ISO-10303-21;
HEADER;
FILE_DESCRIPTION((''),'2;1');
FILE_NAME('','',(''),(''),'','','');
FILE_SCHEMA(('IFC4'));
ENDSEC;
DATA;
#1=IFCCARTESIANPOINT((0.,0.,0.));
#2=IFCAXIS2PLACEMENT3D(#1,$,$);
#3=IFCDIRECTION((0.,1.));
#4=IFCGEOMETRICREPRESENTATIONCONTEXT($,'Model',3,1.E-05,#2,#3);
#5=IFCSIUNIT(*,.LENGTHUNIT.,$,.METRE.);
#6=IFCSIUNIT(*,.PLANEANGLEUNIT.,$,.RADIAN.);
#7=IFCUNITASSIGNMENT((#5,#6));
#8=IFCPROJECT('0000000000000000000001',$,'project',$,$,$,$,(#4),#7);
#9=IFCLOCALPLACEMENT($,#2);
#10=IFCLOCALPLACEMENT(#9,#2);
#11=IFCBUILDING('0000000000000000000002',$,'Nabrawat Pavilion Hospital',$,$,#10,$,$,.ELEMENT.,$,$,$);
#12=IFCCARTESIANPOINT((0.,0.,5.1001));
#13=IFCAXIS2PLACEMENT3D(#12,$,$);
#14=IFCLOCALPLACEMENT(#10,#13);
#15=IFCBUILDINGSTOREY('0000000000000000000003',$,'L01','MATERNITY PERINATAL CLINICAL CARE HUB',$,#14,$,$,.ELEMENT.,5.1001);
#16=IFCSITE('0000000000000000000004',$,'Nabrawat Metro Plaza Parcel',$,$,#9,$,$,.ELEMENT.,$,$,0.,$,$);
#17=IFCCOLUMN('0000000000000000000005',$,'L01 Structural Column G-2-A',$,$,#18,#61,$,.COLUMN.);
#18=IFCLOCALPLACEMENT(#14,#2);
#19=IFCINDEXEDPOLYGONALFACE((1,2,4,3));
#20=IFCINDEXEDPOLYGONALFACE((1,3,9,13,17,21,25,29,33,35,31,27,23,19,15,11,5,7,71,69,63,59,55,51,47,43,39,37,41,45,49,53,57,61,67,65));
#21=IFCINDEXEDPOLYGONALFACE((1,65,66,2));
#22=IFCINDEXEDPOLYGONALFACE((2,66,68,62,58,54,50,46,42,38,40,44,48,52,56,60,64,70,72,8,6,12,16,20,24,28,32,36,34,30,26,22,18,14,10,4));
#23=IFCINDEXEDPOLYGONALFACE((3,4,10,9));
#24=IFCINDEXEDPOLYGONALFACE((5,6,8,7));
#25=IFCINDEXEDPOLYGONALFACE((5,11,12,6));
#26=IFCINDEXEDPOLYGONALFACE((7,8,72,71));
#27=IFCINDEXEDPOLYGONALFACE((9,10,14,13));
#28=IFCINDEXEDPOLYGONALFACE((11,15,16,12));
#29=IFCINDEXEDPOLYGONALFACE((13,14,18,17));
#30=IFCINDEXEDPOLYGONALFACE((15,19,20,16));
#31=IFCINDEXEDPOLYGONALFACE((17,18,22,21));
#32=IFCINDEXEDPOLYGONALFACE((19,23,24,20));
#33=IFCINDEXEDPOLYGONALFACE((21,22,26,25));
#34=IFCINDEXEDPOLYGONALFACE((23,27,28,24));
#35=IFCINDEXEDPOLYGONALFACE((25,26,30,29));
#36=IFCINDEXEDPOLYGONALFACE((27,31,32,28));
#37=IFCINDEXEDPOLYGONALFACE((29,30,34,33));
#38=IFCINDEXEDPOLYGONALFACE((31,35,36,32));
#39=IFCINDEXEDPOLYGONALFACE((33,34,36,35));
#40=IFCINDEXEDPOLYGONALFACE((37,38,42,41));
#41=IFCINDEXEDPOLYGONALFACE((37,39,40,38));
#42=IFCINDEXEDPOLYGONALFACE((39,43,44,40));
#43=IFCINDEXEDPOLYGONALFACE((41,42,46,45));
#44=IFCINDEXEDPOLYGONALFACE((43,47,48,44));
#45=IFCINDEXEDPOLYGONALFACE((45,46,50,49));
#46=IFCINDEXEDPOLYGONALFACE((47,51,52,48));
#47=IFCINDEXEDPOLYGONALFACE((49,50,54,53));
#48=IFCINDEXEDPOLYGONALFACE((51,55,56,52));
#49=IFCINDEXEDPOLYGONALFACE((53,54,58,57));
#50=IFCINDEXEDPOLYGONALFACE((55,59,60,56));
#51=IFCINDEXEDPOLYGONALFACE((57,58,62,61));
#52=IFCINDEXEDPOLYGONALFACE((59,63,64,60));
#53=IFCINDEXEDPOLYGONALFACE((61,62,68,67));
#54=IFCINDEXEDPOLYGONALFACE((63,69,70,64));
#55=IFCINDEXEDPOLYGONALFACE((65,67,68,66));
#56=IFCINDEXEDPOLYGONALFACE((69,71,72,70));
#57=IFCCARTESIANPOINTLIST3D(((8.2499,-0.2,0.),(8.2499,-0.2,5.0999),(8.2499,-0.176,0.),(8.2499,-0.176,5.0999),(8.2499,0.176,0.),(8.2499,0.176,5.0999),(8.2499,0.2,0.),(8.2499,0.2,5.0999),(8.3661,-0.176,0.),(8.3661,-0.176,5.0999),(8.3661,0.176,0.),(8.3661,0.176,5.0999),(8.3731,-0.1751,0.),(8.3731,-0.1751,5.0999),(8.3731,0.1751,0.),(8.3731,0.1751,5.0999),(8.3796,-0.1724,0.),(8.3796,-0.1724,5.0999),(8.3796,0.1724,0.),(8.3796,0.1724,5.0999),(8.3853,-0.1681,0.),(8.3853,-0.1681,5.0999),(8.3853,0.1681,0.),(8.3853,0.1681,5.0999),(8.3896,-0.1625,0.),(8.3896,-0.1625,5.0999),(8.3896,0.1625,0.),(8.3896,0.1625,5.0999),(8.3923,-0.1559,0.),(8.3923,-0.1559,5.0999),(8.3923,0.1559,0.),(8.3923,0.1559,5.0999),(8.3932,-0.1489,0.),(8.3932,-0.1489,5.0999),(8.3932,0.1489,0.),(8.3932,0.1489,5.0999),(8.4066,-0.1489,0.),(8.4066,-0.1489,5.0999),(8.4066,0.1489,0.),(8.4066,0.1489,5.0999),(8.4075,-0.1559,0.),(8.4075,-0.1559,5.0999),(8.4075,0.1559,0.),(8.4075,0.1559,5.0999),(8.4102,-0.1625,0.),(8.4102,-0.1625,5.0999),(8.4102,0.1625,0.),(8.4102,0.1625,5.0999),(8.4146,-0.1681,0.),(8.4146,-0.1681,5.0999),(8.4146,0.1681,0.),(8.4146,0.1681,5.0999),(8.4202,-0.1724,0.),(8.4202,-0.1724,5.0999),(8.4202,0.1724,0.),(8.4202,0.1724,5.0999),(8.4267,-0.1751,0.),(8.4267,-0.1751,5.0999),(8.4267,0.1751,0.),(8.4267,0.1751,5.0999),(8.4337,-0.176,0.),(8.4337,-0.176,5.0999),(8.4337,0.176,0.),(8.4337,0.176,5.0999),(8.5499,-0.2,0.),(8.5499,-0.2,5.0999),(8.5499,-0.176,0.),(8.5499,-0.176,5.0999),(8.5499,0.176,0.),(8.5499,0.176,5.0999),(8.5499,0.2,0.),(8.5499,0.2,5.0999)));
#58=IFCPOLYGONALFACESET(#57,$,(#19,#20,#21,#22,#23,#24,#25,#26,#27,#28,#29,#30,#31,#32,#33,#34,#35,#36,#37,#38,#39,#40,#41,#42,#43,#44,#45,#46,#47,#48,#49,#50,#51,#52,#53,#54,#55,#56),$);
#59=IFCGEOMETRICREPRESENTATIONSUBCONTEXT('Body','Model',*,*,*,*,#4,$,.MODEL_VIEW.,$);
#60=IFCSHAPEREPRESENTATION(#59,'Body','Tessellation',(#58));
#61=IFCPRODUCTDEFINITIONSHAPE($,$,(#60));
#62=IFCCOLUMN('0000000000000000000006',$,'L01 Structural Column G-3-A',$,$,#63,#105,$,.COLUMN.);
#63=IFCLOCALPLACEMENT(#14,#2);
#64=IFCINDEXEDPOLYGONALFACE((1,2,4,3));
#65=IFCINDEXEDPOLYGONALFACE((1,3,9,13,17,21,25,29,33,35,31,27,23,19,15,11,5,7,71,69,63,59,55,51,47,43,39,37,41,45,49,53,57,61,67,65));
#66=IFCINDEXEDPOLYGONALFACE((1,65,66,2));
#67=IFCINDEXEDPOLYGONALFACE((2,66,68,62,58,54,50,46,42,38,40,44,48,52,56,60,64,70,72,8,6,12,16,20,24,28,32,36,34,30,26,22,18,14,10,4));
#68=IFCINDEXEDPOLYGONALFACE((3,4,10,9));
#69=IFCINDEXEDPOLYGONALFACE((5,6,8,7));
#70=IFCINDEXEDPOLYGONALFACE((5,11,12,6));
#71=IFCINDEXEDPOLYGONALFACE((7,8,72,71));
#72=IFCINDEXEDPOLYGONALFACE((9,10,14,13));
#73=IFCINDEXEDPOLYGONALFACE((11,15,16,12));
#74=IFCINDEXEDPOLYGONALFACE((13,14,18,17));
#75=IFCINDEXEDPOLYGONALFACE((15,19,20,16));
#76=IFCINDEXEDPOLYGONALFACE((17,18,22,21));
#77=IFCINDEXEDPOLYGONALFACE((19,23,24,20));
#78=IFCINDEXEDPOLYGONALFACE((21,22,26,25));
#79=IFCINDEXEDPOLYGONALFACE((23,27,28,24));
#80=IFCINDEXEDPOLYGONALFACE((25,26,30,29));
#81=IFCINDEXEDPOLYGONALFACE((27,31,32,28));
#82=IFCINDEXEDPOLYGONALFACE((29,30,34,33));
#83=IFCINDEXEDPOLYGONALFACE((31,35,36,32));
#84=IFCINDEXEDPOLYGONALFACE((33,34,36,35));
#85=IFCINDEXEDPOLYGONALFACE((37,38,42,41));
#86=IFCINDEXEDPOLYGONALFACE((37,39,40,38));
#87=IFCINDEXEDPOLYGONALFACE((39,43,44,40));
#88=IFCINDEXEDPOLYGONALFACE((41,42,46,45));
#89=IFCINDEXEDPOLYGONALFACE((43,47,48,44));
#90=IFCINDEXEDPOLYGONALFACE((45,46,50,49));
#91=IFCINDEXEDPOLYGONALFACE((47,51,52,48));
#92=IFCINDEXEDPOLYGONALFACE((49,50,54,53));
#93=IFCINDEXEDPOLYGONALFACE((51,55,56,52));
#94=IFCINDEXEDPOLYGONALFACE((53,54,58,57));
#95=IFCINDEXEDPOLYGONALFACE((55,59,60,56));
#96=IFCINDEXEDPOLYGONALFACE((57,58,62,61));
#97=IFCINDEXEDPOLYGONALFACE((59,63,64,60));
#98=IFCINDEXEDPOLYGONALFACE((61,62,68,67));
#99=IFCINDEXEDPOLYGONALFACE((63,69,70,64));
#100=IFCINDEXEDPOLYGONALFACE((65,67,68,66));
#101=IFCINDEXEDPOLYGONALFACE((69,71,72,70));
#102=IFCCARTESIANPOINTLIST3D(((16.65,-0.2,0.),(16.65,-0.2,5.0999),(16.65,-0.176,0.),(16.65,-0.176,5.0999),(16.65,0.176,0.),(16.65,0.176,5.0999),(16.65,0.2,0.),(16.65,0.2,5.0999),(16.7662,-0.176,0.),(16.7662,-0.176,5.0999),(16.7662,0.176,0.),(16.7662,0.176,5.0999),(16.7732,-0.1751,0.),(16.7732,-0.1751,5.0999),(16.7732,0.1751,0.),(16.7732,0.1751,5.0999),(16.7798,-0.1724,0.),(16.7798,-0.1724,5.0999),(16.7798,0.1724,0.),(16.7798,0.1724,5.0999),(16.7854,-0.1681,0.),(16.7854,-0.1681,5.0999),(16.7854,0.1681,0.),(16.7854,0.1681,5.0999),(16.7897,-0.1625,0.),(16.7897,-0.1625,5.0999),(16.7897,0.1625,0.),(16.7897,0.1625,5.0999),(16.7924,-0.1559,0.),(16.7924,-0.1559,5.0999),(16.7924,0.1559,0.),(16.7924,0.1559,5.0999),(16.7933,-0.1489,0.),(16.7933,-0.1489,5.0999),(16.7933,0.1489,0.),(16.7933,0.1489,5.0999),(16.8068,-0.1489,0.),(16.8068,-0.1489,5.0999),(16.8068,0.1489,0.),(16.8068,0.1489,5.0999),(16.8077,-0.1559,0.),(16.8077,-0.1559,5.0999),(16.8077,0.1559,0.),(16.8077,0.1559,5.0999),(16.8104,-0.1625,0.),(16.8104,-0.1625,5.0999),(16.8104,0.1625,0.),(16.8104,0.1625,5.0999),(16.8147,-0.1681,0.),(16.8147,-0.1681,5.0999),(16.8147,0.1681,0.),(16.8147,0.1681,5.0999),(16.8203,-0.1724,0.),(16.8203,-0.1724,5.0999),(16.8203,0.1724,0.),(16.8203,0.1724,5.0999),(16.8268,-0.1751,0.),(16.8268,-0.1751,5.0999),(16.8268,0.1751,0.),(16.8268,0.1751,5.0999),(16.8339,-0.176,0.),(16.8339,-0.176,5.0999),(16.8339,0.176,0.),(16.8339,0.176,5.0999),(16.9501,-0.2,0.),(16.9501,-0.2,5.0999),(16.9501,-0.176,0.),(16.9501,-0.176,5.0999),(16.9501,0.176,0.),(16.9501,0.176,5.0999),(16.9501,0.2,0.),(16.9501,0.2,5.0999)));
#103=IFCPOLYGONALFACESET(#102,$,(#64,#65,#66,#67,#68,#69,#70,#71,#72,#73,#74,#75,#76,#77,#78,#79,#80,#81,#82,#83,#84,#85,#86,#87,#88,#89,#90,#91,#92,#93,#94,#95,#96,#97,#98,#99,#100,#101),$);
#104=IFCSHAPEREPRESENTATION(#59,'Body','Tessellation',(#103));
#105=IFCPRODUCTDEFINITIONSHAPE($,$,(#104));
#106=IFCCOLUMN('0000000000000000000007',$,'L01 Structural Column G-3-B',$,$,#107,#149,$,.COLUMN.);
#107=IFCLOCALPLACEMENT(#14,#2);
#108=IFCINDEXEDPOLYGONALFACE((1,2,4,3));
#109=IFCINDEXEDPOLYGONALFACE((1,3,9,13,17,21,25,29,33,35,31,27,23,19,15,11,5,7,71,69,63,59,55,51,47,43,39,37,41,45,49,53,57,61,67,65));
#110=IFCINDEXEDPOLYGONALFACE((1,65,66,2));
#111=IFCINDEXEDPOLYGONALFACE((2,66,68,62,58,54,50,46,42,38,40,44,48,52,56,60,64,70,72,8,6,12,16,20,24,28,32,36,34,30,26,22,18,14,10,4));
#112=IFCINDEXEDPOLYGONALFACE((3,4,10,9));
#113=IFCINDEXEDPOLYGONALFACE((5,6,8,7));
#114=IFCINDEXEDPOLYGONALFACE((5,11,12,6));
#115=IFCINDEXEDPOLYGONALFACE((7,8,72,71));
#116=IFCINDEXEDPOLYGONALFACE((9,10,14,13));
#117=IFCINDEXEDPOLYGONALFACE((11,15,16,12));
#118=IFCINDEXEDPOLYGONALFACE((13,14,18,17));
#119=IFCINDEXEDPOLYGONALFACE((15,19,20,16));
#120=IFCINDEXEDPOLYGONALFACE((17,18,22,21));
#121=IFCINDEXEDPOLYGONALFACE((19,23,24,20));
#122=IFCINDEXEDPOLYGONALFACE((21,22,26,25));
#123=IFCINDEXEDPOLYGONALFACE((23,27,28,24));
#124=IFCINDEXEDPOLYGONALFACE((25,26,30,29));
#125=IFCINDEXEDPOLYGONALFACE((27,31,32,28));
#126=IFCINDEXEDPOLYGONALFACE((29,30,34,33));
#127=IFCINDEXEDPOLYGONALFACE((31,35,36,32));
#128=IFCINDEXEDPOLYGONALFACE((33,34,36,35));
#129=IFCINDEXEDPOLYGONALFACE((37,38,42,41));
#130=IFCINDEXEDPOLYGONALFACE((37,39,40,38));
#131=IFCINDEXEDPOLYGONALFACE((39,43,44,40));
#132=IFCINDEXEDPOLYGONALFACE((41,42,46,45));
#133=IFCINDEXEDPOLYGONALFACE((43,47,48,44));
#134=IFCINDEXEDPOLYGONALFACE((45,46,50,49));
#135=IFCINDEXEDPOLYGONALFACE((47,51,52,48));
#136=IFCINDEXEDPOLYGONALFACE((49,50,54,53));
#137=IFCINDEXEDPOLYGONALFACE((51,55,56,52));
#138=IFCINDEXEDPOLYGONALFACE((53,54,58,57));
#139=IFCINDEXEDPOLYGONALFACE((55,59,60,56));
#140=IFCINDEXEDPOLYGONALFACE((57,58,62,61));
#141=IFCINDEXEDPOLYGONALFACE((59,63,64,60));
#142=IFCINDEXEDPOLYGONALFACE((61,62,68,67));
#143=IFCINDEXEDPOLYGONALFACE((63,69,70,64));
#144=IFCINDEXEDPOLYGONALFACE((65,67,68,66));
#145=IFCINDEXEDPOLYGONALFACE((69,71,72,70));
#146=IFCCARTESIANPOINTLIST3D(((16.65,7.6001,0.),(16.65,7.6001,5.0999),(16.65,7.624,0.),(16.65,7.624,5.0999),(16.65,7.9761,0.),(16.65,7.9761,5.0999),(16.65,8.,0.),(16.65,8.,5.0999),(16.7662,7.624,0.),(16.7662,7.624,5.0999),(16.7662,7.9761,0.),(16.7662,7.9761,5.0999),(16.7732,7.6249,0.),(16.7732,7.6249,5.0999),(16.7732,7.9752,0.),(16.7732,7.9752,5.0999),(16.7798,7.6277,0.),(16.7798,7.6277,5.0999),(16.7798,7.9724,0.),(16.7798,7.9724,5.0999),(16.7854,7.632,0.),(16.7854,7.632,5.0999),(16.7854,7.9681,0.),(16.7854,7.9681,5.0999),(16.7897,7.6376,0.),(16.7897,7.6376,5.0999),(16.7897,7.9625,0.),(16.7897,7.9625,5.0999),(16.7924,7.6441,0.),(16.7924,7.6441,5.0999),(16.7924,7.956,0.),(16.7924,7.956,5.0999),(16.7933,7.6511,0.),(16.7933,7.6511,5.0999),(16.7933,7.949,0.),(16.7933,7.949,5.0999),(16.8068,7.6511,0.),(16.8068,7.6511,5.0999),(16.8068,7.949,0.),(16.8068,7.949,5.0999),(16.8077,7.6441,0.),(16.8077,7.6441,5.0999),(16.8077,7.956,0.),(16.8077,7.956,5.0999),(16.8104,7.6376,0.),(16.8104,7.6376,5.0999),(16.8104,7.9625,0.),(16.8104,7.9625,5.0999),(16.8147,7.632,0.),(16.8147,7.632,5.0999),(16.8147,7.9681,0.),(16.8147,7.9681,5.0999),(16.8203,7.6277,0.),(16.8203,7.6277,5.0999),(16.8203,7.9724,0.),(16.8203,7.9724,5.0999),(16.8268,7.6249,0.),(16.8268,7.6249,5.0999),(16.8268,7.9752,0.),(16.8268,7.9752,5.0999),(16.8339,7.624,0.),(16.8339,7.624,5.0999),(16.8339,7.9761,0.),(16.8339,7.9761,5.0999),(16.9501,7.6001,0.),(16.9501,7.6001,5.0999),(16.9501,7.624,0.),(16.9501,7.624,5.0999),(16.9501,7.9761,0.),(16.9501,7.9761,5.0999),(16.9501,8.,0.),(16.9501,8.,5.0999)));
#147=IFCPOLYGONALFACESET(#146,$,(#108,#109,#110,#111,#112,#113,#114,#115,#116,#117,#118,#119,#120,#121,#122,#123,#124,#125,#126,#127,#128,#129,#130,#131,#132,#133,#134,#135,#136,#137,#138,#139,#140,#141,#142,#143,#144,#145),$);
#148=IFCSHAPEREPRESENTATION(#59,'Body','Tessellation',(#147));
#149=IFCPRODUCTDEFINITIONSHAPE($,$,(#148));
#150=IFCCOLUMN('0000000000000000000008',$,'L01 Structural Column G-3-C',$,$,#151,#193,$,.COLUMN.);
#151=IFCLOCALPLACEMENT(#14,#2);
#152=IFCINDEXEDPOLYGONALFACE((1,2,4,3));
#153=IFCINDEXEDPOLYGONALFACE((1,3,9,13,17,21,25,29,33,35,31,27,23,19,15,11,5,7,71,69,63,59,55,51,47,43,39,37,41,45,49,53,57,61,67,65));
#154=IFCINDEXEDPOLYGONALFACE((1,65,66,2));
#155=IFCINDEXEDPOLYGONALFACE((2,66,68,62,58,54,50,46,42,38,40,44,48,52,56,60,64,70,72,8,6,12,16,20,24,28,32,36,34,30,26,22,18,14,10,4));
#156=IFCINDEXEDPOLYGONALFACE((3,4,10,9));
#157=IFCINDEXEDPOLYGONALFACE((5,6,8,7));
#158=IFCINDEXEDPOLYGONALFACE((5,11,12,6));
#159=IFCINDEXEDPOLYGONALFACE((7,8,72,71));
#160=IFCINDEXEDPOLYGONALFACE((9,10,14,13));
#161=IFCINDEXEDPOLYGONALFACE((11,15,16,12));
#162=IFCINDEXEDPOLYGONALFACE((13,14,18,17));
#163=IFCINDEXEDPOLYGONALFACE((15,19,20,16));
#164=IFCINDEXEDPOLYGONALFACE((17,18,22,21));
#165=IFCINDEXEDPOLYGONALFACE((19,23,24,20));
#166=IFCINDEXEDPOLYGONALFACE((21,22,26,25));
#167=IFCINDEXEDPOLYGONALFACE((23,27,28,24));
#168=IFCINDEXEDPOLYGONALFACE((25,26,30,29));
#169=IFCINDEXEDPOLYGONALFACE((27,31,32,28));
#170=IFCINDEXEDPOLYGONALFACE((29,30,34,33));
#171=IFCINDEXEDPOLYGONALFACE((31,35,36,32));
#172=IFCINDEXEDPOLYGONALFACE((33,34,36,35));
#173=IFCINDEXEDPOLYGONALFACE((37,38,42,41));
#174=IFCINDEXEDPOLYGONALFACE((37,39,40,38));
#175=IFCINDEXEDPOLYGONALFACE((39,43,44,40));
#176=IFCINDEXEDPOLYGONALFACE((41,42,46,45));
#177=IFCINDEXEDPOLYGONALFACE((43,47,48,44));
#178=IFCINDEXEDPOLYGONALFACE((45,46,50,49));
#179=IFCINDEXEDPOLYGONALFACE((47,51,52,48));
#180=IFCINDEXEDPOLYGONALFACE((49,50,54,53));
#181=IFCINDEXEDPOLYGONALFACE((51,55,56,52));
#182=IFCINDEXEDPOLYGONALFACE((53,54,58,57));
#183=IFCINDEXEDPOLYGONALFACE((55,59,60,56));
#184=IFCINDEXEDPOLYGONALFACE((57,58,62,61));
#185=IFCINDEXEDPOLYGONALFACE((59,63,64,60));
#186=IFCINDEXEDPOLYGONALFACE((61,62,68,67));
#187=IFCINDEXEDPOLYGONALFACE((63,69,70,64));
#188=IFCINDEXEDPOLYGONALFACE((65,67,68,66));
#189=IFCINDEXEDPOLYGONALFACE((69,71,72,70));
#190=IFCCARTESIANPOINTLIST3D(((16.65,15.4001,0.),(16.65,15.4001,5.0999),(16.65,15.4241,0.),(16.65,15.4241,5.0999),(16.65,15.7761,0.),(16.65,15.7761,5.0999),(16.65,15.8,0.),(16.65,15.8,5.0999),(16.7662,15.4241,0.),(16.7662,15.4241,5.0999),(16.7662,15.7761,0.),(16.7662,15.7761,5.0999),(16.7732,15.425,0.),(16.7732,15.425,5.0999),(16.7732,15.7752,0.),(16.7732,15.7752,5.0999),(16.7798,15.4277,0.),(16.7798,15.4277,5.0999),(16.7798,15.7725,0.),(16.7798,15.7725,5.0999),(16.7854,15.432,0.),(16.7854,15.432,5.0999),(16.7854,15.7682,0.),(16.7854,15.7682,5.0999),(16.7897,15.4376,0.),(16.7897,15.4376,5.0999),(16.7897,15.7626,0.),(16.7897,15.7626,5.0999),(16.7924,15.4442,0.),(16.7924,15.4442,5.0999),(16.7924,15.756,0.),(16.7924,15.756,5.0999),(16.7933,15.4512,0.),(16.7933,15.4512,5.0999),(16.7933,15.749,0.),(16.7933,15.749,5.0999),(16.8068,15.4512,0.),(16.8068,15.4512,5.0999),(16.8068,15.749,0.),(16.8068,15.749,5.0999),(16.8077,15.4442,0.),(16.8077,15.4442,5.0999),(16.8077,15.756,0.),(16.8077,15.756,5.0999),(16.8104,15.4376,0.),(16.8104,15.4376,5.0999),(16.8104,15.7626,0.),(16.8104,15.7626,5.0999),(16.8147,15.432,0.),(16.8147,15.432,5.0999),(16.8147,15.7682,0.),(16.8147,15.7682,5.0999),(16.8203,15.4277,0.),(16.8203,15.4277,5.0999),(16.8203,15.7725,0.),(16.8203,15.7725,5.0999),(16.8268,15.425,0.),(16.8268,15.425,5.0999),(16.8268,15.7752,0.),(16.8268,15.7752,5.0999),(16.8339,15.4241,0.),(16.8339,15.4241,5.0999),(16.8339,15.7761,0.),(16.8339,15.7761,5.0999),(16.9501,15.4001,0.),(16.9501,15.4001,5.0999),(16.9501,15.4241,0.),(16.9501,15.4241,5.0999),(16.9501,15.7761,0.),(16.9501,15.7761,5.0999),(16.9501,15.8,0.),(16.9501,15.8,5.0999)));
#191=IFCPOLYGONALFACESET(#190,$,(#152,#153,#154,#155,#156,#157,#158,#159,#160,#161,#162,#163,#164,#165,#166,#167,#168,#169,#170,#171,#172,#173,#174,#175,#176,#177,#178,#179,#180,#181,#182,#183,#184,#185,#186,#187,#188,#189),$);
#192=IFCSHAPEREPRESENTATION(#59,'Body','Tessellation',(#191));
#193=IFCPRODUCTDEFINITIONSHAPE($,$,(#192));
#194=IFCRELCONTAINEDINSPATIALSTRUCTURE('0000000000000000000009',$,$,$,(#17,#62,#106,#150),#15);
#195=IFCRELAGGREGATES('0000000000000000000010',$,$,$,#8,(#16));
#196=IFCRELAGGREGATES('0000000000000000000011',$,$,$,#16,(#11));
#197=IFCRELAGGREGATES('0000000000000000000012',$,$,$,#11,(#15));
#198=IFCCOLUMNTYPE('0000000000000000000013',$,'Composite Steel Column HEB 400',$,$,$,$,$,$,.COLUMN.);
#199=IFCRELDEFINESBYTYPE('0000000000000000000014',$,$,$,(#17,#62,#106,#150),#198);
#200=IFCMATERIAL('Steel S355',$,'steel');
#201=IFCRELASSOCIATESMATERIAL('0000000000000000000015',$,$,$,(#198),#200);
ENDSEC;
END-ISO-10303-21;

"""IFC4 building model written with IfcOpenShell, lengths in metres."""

from ifc_helpers import new_model, si_unit, direction, frame, origin, origin_2d, place, context, subcontext, project, spatial, i_section, extrude, material, material_profile, profile_set, type_object, element, save


model = new_model("IFC4")

# Units and contexts
model_context = context("Model", 3, precision=1e-05, world=origin(), true_north=direction((0.0, 1.0)))
body_context = subcontext(model_context, "Body", "Model", "MODEL_VIEW")
ifc_project = project(units=[si_unit("LENGTHUNIT", "METRE"), si_unit("PLANEANGLEUNIT", "RADIAN")], contexts=[model_context])

# Site, building, storey
site_placement = place(None, origin())
site = spatial("IfcSite", under=ifc_project, at=site_placement, Name="Nabrawat Metro Plaza Parcel", CompositionType="ELEMENT", RefElevation=0.0)
building_placement = place(site_placement, origin())
building = spatial("IfcBuilding", under=site, at=building_placement, Name="Nabrawat Pavilion Hospital", CompositionType="ELEMENT")
storey_placement = place(building_placement, frame((0.0, 0.0, 5.1001)))
storey = spatial("IfcBuildingStorey", under=building, at=storey_placement, Name="L01", Description="MATERNITY PERINATAL CLINICAL CARE HUB", CompositionType="ELEMENT", Elevation=5.1001)

# Columns
ifc_material_1 = material(Name="Steel S355", Category="steel")
ifc_material_profile_1 = material_profile(ifc_material_1, i_section(OverallWidth=0.3, OverallDepth=0.3999, WebThickness=0.0134, FlangeThickness=0.0239, FilletRadius=0.0271, at=origin_2d()), Name="HEB 400")
ifc_profile_set_1 = profile_set([ifc_material_profile_1], Name="Steel S355")
column_type = type_object("IfcColumnType", Name="Composite Steel Column HEB 400", PredefinedType="COLUMN", material=ifc_profile_set_1)
for number, where, z_axis, x_axis, name in (
    (1, (8.3999, 0.0, 0.0), (0.0, 0.0, 1.0), (1.0, 0.0, 0.0), "L01 Structural Column G-2-A"),
    (2, (16.8, 0.0, 0.0), (0.0, 0.0, 1.0), (1.0, 0.0, 0.0), "L01 Structural Column G-3-A"),
    (3, (16.8, 7.8, 0.0), (0.0, 0.0, 1.0), (1.0, 0.0, 0.0), "L01 Structural Column G-3-B"),
    (4, (16.8, 15.6001, 0.0), (0.0, 0.0, 1.0), (1.0, 0.0, 0.0), "L01 Structural Column G-3-C"),
):
    element("IfcColumn", number, at=place(storey_placement, frame(where, z_axis=z_axis, x_axis=x_axis)), inside=storey, type_object=column_type, Name=name, PredefinedType="COLUMN", context=body_context, shape_type="SweptSolid", body=[
        extrude(i_section(OverallWidth=0.3, OverallDepth=0.3999, WebThickness=0.0134, FlangeThickness=0.0239, FilletRadius=0.0271, at=origin_2d()), origin(), (0.0, 0.0, 1.0), 5.0999),
    ])

save(model, "model.ifc")
